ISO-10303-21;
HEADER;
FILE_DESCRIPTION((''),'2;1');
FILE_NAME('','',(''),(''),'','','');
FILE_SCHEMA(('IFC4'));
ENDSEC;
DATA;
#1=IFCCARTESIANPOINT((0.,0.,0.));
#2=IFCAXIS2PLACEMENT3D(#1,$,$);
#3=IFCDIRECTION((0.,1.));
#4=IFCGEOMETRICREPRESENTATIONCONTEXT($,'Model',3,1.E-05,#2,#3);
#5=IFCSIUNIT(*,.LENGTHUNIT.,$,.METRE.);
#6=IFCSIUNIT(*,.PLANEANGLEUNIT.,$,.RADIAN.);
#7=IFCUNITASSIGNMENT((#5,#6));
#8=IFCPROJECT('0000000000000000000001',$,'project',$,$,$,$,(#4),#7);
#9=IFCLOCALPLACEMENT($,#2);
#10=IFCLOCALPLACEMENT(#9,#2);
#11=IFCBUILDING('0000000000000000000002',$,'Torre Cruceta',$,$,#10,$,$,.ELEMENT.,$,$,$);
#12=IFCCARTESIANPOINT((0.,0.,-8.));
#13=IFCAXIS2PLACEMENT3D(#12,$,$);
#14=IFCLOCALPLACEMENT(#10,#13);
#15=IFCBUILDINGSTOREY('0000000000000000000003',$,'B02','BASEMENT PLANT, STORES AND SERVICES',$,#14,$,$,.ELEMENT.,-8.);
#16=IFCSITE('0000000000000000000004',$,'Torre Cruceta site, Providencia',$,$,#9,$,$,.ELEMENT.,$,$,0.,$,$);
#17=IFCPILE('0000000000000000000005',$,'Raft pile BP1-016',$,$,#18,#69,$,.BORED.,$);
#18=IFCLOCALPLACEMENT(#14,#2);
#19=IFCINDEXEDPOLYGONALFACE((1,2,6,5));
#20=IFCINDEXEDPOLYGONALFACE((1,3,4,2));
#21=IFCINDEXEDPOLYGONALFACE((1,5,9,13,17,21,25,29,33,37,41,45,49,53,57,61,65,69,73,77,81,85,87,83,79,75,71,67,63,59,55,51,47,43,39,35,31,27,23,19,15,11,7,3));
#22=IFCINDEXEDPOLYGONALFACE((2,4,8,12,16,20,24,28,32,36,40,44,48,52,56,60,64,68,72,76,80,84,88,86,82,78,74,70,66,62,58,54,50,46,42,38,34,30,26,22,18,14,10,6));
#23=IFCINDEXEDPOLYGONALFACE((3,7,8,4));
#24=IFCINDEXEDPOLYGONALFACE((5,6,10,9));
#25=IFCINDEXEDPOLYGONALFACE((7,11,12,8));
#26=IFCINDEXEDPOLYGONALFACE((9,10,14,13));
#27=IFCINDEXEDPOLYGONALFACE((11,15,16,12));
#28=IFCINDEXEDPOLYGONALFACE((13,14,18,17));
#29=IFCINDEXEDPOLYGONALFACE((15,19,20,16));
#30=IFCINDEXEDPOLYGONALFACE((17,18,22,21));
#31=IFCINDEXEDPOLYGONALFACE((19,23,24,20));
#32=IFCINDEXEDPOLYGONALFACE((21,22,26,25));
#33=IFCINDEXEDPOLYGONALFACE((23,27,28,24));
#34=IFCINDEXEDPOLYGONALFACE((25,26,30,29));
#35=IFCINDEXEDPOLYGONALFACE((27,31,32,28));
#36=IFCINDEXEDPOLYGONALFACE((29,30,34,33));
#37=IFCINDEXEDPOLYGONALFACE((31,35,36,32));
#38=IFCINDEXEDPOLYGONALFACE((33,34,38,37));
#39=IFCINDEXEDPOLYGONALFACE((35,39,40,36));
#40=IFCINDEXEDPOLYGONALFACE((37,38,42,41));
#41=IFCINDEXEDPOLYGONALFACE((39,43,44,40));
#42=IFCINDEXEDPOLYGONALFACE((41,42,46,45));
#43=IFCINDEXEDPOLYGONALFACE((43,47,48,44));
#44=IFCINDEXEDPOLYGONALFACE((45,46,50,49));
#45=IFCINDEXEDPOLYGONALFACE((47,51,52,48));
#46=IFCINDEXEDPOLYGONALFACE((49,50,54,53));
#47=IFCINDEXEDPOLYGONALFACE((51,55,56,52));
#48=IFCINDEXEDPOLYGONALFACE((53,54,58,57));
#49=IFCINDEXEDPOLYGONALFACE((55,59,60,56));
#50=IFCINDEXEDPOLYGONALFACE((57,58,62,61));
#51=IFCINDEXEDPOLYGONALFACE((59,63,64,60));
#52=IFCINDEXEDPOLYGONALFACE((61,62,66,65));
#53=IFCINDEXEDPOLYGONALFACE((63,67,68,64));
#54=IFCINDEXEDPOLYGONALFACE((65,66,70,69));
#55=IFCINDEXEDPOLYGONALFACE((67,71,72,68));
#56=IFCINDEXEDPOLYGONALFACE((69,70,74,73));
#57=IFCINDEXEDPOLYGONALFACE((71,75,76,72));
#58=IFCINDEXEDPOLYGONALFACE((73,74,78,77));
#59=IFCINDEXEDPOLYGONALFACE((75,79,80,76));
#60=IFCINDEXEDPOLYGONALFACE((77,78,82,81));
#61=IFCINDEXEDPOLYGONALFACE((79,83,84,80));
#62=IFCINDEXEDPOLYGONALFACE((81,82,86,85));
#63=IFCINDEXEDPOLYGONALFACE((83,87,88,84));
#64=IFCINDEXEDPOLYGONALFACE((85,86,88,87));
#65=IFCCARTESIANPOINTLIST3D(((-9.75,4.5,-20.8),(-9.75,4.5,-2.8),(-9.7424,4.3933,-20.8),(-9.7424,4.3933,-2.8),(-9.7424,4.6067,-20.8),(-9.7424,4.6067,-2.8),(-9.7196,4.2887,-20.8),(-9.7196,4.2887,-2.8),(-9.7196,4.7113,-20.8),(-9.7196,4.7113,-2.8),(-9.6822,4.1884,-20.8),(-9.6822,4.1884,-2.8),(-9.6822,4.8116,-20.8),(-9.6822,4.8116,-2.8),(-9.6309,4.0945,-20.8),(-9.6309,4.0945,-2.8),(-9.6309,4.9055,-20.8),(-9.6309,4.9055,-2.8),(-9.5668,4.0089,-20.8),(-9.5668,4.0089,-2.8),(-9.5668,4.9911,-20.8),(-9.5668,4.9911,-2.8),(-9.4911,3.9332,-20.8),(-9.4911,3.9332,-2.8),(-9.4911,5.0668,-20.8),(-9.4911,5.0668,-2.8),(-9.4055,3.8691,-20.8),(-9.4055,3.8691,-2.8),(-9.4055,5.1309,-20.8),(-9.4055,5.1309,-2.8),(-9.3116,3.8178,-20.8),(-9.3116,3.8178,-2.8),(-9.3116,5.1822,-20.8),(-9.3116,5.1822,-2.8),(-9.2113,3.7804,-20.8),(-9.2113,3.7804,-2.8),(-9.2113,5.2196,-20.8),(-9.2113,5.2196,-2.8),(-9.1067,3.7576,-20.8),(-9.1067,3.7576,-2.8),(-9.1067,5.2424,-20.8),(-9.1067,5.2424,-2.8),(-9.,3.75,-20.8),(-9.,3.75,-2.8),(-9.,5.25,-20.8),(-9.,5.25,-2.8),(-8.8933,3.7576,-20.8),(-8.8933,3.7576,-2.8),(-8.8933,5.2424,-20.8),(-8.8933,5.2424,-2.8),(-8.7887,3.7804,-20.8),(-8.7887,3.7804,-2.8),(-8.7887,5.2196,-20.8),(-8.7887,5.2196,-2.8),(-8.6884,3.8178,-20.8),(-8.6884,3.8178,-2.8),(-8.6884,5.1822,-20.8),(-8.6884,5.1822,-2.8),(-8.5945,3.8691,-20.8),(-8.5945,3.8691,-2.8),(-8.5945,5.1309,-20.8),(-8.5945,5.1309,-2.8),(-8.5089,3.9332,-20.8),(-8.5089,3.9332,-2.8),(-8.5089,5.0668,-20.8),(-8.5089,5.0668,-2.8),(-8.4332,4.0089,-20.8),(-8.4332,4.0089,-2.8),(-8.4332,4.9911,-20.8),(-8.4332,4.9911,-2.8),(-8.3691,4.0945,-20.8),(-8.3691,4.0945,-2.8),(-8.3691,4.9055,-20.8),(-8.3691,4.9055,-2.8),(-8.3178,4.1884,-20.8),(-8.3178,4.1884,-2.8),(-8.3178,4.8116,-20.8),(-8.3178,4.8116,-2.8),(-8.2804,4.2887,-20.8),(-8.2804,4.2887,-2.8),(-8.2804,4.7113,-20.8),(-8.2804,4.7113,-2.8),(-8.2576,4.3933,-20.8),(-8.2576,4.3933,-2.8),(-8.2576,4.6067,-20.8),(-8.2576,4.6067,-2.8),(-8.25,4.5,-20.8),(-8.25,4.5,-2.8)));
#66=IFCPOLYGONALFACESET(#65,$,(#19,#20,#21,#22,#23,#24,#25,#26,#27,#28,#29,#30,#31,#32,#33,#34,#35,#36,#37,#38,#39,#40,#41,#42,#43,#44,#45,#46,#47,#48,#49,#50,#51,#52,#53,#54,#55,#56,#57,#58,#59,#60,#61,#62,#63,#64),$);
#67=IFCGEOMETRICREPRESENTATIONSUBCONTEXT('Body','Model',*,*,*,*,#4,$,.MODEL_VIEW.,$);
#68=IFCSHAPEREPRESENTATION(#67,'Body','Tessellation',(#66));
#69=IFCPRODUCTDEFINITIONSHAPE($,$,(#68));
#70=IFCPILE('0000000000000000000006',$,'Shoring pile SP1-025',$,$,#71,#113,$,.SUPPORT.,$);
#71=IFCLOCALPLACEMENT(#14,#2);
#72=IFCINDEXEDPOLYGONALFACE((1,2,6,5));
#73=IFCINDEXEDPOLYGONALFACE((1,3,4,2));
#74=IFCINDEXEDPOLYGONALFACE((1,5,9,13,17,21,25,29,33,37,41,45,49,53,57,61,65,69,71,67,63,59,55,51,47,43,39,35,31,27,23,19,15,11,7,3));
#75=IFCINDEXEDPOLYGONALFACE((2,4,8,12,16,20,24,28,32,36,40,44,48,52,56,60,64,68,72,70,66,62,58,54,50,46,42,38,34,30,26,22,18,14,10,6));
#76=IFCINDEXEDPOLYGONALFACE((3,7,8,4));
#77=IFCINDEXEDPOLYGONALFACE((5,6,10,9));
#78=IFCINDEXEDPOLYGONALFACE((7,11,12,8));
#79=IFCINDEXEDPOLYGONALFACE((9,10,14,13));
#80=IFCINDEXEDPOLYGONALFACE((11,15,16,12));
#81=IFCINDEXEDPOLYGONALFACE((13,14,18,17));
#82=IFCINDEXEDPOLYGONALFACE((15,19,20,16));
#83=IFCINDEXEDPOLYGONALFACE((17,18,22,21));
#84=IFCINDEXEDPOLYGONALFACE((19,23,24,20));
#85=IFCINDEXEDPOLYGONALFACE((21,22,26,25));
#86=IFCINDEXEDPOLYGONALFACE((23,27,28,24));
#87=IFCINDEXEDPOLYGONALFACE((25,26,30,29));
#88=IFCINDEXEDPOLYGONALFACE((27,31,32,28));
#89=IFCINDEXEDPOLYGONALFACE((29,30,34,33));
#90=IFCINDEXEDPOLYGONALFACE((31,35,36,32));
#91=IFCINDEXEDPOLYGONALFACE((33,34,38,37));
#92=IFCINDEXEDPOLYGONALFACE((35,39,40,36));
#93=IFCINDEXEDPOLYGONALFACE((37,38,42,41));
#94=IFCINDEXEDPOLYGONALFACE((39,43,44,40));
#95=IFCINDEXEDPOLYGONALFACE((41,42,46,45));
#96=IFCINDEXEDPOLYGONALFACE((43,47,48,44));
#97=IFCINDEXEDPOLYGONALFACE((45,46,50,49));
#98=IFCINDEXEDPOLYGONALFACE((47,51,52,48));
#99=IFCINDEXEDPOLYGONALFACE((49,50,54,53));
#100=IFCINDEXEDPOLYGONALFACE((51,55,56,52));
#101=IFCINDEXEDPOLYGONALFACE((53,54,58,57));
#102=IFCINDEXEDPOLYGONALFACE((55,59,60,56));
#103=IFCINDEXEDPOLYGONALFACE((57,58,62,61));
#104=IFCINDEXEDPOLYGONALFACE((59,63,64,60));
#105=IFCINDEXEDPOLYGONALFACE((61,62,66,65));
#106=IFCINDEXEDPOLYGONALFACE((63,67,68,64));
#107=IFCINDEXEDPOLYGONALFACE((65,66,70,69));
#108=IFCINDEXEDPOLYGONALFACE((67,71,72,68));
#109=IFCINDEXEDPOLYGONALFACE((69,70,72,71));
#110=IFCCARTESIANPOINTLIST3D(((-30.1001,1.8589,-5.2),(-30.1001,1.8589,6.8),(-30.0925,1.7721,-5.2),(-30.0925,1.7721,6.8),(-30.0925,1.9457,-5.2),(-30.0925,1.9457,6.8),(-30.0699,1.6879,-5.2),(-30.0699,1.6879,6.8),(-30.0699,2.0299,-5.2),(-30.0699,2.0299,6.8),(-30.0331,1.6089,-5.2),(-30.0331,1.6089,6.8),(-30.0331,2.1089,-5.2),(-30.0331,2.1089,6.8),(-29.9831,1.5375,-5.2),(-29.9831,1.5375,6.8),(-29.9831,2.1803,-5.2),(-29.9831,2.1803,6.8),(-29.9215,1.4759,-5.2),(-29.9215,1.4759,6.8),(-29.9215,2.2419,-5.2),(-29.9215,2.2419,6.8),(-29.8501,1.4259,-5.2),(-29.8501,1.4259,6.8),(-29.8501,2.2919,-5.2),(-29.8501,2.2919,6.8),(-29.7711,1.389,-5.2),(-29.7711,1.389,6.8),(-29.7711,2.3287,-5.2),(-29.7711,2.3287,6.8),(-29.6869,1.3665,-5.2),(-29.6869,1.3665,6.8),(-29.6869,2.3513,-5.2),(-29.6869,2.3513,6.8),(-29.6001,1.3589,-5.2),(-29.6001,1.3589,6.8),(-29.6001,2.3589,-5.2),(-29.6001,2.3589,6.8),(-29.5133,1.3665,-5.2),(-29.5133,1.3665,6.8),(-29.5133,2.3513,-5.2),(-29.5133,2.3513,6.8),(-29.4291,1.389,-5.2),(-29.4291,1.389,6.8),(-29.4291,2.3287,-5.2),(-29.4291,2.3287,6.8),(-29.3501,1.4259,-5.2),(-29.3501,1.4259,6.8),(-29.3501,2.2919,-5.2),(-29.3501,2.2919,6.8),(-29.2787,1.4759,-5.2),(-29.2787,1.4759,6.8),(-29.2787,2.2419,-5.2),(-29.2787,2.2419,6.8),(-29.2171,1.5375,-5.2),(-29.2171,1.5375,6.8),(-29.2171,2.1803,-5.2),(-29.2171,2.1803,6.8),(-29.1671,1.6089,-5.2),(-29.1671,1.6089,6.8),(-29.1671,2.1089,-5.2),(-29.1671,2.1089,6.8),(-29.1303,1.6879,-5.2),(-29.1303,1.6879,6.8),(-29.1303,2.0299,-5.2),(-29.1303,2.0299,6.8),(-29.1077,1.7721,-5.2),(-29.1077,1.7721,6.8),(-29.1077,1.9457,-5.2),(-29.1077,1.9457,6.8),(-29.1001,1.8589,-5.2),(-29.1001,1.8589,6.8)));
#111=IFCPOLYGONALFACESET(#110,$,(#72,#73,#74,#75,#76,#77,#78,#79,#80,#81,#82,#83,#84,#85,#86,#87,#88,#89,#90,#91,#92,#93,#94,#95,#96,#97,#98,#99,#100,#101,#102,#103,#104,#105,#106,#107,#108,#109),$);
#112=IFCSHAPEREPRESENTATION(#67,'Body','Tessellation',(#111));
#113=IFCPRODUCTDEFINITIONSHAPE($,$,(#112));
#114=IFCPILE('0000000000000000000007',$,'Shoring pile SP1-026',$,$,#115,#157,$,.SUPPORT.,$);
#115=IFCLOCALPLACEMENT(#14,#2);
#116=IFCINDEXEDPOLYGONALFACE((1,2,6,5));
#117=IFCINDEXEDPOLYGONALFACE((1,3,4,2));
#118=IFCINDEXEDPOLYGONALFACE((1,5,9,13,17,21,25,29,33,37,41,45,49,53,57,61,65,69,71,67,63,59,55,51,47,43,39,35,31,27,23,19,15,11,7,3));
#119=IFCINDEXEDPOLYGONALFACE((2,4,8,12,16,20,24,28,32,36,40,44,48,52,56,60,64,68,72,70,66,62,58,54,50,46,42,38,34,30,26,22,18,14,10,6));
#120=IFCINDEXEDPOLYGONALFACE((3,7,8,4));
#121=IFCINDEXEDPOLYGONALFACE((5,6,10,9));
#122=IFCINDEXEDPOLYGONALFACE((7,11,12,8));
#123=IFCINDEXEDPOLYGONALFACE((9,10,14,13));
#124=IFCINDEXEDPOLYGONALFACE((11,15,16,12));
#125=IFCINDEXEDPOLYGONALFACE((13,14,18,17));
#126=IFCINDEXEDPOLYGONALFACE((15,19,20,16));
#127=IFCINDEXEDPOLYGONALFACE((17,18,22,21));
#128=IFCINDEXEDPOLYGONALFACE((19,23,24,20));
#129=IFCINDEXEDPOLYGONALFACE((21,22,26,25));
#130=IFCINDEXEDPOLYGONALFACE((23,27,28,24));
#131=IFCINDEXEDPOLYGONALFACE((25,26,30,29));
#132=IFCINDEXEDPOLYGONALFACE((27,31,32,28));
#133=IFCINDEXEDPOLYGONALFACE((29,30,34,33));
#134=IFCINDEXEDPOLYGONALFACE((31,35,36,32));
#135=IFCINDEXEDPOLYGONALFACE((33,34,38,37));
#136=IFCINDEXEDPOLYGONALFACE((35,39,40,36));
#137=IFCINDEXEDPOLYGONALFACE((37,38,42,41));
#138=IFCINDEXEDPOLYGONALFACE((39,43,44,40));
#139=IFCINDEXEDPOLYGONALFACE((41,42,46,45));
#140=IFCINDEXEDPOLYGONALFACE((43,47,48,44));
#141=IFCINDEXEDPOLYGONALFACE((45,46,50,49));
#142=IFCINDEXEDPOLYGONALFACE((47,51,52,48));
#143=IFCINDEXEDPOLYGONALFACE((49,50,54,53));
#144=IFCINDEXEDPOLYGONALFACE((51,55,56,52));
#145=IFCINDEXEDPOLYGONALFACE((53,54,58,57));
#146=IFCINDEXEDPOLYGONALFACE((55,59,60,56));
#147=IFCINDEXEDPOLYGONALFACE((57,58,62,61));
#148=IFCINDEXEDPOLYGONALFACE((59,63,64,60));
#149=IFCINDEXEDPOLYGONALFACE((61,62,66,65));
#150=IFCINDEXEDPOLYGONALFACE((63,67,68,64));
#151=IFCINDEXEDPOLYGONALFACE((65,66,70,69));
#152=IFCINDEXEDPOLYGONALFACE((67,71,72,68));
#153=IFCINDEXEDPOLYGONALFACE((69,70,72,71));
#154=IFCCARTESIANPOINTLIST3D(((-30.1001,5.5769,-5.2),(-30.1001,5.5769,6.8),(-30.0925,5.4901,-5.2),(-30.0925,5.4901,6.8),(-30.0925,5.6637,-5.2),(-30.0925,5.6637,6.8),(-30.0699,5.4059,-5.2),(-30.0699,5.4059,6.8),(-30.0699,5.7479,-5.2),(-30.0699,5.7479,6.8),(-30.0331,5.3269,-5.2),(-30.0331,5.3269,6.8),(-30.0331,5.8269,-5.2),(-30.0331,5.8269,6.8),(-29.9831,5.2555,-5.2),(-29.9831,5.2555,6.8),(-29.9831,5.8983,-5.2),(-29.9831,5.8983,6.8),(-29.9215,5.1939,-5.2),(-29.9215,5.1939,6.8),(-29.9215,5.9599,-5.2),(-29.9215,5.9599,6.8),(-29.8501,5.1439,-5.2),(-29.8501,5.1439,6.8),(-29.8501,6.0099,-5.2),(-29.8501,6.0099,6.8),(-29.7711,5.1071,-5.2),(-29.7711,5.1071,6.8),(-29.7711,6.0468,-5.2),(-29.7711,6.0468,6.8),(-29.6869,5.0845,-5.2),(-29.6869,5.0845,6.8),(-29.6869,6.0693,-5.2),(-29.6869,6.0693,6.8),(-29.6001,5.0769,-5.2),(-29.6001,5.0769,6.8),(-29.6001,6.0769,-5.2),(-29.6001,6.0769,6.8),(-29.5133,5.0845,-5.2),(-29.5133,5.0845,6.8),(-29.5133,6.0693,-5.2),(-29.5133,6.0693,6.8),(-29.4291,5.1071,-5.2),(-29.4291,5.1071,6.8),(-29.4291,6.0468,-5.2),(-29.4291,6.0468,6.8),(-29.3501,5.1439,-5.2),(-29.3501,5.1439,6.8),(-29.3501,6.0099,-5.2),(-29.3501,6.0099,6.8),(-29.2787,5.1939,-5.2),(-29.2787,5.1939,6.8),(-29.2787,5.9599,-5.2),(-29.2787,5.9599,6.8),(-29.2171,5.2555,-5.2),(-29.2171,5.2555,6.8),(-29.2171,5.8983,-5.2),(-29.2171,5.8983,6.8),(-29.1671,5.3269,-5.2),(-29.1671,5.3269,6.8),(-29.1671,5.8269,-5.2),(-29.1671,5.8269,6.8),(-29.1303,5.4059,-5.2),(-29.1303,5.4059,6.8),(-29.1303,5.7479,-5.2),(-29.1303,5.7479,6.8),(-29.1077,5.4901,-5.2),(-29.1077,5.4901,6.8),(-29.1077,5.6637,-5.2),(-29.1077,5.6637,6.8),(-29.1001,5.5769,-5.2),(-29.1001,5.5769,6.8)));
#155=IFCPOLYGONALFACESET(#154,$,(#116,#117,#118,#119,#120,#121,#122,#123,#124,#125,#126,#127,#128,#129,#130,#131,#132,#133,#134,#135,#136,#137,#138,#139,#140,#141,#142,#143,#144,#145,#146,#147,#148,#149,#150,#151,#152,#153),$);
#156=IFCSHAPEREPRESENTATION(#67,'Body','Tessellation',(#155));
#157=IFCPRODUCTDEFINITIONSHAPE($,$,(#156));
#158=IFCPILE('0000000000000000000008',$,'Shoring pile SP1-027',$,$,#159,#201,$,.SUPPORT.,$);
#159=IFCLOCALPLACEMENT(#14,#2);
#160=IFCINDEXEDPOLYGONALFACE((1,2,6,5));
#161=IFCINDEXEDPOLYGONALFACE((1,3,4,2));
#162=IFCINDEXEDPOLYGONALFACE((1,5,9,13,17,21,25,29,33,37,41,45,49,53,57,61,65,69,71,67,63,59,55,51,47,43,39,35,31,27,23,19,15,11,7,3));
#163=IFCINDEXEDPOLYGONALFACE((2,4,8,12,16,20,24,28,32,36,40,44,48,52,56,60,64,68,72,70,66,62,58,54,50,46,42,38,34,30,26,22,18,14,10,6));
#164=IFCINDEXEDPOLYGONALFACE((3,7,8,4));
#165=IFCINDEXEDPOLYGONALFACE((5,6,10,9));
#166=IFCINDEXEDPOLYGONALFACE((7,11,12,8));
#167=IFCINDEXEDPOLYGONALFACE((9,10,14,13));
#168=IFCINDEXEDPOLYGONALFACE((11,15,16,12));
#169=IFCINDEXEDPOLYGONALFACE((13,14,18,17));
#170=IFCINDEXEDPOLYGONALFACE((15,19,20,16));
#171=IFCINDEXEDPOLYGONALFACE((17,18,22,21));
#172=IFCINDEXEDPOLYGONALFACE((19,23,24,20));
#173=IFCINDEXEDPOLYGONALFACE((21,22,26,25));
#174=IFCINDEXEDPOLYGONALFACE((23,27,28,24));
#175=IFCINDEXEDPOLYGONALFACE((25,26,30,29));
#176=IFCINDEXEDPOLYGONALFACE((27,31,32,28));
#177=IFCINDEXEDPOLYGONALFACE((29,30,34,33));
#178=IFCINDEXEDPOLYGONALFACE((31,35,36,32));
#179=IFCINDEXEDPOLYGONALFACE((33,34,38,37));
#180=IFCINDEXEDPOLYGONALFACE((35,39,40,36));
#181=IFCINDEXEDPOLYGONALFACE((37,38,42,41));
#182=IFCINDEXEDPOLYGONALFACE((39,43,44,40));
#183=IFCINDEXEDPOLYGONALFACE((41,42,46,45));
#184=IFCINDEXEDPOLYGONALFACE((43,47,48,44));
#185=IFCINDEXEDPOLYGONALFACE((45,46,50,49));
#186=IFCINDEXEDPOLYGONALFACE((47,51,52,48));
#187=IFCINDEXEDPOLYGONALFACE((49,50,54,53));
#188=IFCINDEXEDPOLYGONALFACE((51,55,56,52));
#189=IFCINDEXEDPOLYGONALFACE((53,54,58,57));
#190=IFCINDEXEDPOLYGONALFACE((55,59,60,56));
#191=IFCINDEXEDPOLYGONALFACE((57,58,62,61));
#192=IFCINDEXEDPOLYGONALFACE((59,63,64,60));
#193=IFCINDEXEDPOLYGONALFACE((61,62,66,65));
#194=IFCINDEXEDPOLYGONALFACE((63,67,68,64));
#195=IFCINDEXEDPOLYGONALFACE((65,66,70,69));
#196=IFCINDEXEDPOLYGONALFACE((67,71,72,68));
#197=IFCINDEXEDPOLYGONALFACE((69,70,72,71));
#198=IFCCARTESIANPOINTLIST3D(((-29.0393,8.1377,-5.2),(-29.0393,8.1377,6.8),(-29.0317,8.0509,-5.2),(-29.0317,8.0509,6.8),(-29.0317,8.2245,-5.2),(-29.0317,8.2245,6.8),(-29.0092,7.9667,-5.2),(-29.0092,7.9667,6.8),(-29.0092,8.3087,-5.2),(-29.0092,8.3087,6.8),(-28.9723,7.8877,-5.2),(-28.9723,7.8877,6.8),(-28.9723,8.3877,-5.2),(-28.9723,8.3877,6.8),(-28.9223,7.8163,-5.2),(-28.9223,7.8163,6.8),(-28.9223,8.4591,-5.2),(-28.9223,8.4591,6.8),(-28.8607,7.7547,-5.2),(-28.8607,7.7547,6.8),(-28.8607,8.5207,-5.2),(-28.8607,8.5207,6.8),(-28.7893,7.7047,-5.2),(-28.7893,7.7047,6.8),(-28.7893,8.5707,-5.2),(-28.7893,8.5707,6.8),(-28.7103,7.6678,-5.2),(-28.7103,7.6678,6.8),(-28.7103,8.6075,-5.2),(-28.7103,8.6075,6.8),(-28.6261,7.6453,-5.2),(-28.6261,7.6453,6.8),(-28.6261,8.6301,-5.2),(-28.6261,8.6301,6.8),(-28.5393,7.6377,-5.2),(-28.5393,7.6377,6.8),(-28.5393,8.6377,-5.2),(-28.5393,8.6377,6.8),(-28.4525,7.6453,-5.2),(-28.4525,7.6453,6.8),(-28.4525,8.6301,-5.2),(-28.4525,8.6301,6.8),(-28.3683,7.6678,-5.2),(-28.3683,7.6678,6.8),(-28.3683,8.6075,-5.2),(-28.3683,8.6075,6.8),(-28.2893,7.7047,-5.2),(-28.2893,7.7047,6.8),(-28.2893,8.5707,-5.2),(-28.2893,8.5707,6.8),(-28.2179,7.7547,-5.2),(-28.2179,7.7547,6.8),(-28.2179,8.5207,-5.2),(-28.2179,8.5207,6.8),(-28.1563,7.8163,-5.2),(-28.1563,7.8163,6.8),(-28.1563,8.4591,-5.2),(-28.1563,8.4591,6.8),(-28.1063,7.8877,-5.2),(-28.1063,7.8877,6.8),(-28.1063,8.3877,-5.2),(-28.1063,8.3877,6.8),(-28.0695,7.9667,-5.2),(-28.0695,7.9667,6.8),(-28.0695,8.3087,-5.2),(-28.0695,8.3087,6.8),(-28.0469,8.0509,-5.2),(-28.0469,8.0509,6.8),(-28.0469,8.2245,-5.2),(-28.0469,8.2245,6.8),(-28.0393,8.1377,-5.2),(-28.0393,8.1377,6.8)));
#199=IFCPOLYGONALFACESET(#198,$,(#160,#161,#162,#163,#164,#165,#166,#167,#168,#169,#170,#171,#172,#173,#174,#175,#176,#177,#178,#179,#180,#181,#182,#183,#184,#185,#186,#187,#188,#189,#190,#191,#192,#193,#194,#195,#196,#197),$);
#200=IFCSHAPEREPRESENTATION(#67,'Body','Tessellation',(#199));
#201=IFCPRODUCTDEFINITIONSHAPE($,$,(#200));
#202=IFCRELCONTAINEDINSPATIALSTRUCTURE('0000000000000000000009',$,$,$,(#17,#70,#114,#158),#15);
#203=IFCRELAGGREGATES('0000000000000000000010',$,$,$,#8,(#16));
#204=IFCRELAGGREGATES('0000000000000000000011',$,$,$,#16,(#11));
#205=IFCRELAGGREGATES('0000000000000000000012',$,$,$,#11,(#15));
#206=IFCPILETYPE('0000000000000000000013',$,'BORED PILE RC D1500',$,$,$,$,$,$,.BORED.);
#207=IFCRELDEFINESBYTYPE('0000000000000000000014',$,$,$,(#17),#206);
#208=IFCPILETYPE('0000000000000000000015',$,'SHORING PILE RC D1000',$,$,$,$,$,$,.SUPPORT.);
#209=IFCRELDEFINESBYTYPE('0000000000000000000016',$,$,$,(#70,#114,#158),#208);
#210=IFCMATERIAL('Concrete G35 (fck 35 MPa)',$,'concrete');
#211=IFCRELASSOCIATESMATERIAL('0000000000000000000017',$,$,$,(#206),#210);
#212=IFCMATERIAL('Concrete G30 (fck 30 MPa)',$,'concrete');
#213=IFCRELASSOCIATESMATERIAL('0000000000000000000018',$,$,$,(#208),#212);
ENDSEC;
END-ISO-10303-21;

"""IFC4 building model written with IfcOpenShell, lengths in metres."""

from ifc_helpers import new_model, si_unit, direction, frame, origin, origin_2d, place, context, subcontext, project, spatial, circle, extrude, material, material_profile, profile_set, type_object, element, save


model = new_model("IFC4")

# Units and contexts
model_context = context("Model", 3, precision=1e-05, world=origin(), true_north=direction((0.0, 1.0)))
body_context = subcontext(model_context, "Body", "Model", "MODEL_VIEW")
ifc_project = project(units=[si_unit("LENGTHUNIT", "METRE"), si_unit("PLANEANGLEUNIT", "RADIAN")], contexts=[model_context])

# Site, building, storey
site_placement = place(None, origin())
site = spatial("IfcSite", under=ifc_project, at=site_placement, Name="Torre Cruceta site, Providencia", CompositionType="ELEMENT", RefElevation=0.0)
building_placement = place(site_placement, origin())
building = spatial("IfcBuilding", under=site, at=building_placement, Name="Torre Cruceta", CompositionType="ELEMENT")
storey_placement = place(building_placement, frame((0.0, 0.0, -8.0)))
storey = spatial("IfcBuildingStorey", under=building, at=storey_placement, Name="B02", Description="BASEMENT PLANT, STORES AND SERVICES", CompositionType="ELEMENT", Elevation=-8.0)

# Piles
ifc_material_1 = material(Name="Concrete G35 (fck 35 MPa)", Category="concrete")
ifc_material_profile_1 = material_profile(ifc_material_1, circle(Radius=0.75, at=origin_2d()), Name="RC D1500")
ifc_profile_set_1 = profile_set([ifc_material_profile_1], Name="Concrete G35 (fck 35 MPa)")
pile_type_1 = type_object("IfcPileType", Name="BORED PILE RC D1500", PredefinedType="BORED", material=ifc_profile_set_1)
for number, where, z_axis, x_axis, name in (
    (1, (-9.0, 4.5, -2.8), (0.0, 0.0, -1.0), (1.0, 0.0, 0.0), "Raft pile BP1-016"),
):
    element("IfcPile", number, at=place(storey_placement, frame(where, z_axis=z_axis, x_axis=x_axis)), inside=storey, type_object=pile_type_1, Name=name, PredefinedType="BORED", context=body_context, shape_type="SweptSolid", body=[
        extrude(circle(Radius=0.75, at=origin_2d()), origin(), (0.0, 0.0, 1.0), 18.0),
    ])
ifc_material_2 = material(Name="Concrete G30 (fck 30 MPa)", Category="concrete")
ifc_material_profile_2 = material_profile(ifc_material_2, circle(Radius=0.5, at=origin_2d()), Name="RC D1000")
ifc_profile_set_2 = profile_set([ifc_material_profile_2], Name="Concrete G30 (fck 30 MPa)")
pile_type_2 = type_object("IfcPileType", Name="SHORING PILE RC D1000", PredefinedType="SUPPORT", material=ifc_profile_set_2)
for number, where, z_axis, x_axis, name in (
    (2, (-29.6001, 1.8589, 6.8), (0.0, 0.0, -1.0), (1.0, 0.0, 0.0), "Shoring pile SP1-025"),
    (3, (-29.6001, 5.5769, 6.8), (0.0, 0.0, -1.0), (1.0, 0.0, 0.0), "Shoring pile SP1-026"),
    (4, (-28.5393, 8.1377, 6.8), (0.0, 0.0, -1.0), (1.0, 0.0, 0.0), "Shoring pile SP1-027"),
):
    element("IfcPile", number, at=place(storey_placement, frame(where, z_axis=z_axis, x_axis=x_axis)), inside=storey, type_object=pile_type_2, Name=name, PredefinedType="SUPPORT", context=body_context, shape_type="SweptSolid", body=[
        extrude(circle(Radius=0.5, at=origin_2d()), origin(), (0.0, 0.0, 1.0), 12.0),
    ])

save(model, "model.ifc")
